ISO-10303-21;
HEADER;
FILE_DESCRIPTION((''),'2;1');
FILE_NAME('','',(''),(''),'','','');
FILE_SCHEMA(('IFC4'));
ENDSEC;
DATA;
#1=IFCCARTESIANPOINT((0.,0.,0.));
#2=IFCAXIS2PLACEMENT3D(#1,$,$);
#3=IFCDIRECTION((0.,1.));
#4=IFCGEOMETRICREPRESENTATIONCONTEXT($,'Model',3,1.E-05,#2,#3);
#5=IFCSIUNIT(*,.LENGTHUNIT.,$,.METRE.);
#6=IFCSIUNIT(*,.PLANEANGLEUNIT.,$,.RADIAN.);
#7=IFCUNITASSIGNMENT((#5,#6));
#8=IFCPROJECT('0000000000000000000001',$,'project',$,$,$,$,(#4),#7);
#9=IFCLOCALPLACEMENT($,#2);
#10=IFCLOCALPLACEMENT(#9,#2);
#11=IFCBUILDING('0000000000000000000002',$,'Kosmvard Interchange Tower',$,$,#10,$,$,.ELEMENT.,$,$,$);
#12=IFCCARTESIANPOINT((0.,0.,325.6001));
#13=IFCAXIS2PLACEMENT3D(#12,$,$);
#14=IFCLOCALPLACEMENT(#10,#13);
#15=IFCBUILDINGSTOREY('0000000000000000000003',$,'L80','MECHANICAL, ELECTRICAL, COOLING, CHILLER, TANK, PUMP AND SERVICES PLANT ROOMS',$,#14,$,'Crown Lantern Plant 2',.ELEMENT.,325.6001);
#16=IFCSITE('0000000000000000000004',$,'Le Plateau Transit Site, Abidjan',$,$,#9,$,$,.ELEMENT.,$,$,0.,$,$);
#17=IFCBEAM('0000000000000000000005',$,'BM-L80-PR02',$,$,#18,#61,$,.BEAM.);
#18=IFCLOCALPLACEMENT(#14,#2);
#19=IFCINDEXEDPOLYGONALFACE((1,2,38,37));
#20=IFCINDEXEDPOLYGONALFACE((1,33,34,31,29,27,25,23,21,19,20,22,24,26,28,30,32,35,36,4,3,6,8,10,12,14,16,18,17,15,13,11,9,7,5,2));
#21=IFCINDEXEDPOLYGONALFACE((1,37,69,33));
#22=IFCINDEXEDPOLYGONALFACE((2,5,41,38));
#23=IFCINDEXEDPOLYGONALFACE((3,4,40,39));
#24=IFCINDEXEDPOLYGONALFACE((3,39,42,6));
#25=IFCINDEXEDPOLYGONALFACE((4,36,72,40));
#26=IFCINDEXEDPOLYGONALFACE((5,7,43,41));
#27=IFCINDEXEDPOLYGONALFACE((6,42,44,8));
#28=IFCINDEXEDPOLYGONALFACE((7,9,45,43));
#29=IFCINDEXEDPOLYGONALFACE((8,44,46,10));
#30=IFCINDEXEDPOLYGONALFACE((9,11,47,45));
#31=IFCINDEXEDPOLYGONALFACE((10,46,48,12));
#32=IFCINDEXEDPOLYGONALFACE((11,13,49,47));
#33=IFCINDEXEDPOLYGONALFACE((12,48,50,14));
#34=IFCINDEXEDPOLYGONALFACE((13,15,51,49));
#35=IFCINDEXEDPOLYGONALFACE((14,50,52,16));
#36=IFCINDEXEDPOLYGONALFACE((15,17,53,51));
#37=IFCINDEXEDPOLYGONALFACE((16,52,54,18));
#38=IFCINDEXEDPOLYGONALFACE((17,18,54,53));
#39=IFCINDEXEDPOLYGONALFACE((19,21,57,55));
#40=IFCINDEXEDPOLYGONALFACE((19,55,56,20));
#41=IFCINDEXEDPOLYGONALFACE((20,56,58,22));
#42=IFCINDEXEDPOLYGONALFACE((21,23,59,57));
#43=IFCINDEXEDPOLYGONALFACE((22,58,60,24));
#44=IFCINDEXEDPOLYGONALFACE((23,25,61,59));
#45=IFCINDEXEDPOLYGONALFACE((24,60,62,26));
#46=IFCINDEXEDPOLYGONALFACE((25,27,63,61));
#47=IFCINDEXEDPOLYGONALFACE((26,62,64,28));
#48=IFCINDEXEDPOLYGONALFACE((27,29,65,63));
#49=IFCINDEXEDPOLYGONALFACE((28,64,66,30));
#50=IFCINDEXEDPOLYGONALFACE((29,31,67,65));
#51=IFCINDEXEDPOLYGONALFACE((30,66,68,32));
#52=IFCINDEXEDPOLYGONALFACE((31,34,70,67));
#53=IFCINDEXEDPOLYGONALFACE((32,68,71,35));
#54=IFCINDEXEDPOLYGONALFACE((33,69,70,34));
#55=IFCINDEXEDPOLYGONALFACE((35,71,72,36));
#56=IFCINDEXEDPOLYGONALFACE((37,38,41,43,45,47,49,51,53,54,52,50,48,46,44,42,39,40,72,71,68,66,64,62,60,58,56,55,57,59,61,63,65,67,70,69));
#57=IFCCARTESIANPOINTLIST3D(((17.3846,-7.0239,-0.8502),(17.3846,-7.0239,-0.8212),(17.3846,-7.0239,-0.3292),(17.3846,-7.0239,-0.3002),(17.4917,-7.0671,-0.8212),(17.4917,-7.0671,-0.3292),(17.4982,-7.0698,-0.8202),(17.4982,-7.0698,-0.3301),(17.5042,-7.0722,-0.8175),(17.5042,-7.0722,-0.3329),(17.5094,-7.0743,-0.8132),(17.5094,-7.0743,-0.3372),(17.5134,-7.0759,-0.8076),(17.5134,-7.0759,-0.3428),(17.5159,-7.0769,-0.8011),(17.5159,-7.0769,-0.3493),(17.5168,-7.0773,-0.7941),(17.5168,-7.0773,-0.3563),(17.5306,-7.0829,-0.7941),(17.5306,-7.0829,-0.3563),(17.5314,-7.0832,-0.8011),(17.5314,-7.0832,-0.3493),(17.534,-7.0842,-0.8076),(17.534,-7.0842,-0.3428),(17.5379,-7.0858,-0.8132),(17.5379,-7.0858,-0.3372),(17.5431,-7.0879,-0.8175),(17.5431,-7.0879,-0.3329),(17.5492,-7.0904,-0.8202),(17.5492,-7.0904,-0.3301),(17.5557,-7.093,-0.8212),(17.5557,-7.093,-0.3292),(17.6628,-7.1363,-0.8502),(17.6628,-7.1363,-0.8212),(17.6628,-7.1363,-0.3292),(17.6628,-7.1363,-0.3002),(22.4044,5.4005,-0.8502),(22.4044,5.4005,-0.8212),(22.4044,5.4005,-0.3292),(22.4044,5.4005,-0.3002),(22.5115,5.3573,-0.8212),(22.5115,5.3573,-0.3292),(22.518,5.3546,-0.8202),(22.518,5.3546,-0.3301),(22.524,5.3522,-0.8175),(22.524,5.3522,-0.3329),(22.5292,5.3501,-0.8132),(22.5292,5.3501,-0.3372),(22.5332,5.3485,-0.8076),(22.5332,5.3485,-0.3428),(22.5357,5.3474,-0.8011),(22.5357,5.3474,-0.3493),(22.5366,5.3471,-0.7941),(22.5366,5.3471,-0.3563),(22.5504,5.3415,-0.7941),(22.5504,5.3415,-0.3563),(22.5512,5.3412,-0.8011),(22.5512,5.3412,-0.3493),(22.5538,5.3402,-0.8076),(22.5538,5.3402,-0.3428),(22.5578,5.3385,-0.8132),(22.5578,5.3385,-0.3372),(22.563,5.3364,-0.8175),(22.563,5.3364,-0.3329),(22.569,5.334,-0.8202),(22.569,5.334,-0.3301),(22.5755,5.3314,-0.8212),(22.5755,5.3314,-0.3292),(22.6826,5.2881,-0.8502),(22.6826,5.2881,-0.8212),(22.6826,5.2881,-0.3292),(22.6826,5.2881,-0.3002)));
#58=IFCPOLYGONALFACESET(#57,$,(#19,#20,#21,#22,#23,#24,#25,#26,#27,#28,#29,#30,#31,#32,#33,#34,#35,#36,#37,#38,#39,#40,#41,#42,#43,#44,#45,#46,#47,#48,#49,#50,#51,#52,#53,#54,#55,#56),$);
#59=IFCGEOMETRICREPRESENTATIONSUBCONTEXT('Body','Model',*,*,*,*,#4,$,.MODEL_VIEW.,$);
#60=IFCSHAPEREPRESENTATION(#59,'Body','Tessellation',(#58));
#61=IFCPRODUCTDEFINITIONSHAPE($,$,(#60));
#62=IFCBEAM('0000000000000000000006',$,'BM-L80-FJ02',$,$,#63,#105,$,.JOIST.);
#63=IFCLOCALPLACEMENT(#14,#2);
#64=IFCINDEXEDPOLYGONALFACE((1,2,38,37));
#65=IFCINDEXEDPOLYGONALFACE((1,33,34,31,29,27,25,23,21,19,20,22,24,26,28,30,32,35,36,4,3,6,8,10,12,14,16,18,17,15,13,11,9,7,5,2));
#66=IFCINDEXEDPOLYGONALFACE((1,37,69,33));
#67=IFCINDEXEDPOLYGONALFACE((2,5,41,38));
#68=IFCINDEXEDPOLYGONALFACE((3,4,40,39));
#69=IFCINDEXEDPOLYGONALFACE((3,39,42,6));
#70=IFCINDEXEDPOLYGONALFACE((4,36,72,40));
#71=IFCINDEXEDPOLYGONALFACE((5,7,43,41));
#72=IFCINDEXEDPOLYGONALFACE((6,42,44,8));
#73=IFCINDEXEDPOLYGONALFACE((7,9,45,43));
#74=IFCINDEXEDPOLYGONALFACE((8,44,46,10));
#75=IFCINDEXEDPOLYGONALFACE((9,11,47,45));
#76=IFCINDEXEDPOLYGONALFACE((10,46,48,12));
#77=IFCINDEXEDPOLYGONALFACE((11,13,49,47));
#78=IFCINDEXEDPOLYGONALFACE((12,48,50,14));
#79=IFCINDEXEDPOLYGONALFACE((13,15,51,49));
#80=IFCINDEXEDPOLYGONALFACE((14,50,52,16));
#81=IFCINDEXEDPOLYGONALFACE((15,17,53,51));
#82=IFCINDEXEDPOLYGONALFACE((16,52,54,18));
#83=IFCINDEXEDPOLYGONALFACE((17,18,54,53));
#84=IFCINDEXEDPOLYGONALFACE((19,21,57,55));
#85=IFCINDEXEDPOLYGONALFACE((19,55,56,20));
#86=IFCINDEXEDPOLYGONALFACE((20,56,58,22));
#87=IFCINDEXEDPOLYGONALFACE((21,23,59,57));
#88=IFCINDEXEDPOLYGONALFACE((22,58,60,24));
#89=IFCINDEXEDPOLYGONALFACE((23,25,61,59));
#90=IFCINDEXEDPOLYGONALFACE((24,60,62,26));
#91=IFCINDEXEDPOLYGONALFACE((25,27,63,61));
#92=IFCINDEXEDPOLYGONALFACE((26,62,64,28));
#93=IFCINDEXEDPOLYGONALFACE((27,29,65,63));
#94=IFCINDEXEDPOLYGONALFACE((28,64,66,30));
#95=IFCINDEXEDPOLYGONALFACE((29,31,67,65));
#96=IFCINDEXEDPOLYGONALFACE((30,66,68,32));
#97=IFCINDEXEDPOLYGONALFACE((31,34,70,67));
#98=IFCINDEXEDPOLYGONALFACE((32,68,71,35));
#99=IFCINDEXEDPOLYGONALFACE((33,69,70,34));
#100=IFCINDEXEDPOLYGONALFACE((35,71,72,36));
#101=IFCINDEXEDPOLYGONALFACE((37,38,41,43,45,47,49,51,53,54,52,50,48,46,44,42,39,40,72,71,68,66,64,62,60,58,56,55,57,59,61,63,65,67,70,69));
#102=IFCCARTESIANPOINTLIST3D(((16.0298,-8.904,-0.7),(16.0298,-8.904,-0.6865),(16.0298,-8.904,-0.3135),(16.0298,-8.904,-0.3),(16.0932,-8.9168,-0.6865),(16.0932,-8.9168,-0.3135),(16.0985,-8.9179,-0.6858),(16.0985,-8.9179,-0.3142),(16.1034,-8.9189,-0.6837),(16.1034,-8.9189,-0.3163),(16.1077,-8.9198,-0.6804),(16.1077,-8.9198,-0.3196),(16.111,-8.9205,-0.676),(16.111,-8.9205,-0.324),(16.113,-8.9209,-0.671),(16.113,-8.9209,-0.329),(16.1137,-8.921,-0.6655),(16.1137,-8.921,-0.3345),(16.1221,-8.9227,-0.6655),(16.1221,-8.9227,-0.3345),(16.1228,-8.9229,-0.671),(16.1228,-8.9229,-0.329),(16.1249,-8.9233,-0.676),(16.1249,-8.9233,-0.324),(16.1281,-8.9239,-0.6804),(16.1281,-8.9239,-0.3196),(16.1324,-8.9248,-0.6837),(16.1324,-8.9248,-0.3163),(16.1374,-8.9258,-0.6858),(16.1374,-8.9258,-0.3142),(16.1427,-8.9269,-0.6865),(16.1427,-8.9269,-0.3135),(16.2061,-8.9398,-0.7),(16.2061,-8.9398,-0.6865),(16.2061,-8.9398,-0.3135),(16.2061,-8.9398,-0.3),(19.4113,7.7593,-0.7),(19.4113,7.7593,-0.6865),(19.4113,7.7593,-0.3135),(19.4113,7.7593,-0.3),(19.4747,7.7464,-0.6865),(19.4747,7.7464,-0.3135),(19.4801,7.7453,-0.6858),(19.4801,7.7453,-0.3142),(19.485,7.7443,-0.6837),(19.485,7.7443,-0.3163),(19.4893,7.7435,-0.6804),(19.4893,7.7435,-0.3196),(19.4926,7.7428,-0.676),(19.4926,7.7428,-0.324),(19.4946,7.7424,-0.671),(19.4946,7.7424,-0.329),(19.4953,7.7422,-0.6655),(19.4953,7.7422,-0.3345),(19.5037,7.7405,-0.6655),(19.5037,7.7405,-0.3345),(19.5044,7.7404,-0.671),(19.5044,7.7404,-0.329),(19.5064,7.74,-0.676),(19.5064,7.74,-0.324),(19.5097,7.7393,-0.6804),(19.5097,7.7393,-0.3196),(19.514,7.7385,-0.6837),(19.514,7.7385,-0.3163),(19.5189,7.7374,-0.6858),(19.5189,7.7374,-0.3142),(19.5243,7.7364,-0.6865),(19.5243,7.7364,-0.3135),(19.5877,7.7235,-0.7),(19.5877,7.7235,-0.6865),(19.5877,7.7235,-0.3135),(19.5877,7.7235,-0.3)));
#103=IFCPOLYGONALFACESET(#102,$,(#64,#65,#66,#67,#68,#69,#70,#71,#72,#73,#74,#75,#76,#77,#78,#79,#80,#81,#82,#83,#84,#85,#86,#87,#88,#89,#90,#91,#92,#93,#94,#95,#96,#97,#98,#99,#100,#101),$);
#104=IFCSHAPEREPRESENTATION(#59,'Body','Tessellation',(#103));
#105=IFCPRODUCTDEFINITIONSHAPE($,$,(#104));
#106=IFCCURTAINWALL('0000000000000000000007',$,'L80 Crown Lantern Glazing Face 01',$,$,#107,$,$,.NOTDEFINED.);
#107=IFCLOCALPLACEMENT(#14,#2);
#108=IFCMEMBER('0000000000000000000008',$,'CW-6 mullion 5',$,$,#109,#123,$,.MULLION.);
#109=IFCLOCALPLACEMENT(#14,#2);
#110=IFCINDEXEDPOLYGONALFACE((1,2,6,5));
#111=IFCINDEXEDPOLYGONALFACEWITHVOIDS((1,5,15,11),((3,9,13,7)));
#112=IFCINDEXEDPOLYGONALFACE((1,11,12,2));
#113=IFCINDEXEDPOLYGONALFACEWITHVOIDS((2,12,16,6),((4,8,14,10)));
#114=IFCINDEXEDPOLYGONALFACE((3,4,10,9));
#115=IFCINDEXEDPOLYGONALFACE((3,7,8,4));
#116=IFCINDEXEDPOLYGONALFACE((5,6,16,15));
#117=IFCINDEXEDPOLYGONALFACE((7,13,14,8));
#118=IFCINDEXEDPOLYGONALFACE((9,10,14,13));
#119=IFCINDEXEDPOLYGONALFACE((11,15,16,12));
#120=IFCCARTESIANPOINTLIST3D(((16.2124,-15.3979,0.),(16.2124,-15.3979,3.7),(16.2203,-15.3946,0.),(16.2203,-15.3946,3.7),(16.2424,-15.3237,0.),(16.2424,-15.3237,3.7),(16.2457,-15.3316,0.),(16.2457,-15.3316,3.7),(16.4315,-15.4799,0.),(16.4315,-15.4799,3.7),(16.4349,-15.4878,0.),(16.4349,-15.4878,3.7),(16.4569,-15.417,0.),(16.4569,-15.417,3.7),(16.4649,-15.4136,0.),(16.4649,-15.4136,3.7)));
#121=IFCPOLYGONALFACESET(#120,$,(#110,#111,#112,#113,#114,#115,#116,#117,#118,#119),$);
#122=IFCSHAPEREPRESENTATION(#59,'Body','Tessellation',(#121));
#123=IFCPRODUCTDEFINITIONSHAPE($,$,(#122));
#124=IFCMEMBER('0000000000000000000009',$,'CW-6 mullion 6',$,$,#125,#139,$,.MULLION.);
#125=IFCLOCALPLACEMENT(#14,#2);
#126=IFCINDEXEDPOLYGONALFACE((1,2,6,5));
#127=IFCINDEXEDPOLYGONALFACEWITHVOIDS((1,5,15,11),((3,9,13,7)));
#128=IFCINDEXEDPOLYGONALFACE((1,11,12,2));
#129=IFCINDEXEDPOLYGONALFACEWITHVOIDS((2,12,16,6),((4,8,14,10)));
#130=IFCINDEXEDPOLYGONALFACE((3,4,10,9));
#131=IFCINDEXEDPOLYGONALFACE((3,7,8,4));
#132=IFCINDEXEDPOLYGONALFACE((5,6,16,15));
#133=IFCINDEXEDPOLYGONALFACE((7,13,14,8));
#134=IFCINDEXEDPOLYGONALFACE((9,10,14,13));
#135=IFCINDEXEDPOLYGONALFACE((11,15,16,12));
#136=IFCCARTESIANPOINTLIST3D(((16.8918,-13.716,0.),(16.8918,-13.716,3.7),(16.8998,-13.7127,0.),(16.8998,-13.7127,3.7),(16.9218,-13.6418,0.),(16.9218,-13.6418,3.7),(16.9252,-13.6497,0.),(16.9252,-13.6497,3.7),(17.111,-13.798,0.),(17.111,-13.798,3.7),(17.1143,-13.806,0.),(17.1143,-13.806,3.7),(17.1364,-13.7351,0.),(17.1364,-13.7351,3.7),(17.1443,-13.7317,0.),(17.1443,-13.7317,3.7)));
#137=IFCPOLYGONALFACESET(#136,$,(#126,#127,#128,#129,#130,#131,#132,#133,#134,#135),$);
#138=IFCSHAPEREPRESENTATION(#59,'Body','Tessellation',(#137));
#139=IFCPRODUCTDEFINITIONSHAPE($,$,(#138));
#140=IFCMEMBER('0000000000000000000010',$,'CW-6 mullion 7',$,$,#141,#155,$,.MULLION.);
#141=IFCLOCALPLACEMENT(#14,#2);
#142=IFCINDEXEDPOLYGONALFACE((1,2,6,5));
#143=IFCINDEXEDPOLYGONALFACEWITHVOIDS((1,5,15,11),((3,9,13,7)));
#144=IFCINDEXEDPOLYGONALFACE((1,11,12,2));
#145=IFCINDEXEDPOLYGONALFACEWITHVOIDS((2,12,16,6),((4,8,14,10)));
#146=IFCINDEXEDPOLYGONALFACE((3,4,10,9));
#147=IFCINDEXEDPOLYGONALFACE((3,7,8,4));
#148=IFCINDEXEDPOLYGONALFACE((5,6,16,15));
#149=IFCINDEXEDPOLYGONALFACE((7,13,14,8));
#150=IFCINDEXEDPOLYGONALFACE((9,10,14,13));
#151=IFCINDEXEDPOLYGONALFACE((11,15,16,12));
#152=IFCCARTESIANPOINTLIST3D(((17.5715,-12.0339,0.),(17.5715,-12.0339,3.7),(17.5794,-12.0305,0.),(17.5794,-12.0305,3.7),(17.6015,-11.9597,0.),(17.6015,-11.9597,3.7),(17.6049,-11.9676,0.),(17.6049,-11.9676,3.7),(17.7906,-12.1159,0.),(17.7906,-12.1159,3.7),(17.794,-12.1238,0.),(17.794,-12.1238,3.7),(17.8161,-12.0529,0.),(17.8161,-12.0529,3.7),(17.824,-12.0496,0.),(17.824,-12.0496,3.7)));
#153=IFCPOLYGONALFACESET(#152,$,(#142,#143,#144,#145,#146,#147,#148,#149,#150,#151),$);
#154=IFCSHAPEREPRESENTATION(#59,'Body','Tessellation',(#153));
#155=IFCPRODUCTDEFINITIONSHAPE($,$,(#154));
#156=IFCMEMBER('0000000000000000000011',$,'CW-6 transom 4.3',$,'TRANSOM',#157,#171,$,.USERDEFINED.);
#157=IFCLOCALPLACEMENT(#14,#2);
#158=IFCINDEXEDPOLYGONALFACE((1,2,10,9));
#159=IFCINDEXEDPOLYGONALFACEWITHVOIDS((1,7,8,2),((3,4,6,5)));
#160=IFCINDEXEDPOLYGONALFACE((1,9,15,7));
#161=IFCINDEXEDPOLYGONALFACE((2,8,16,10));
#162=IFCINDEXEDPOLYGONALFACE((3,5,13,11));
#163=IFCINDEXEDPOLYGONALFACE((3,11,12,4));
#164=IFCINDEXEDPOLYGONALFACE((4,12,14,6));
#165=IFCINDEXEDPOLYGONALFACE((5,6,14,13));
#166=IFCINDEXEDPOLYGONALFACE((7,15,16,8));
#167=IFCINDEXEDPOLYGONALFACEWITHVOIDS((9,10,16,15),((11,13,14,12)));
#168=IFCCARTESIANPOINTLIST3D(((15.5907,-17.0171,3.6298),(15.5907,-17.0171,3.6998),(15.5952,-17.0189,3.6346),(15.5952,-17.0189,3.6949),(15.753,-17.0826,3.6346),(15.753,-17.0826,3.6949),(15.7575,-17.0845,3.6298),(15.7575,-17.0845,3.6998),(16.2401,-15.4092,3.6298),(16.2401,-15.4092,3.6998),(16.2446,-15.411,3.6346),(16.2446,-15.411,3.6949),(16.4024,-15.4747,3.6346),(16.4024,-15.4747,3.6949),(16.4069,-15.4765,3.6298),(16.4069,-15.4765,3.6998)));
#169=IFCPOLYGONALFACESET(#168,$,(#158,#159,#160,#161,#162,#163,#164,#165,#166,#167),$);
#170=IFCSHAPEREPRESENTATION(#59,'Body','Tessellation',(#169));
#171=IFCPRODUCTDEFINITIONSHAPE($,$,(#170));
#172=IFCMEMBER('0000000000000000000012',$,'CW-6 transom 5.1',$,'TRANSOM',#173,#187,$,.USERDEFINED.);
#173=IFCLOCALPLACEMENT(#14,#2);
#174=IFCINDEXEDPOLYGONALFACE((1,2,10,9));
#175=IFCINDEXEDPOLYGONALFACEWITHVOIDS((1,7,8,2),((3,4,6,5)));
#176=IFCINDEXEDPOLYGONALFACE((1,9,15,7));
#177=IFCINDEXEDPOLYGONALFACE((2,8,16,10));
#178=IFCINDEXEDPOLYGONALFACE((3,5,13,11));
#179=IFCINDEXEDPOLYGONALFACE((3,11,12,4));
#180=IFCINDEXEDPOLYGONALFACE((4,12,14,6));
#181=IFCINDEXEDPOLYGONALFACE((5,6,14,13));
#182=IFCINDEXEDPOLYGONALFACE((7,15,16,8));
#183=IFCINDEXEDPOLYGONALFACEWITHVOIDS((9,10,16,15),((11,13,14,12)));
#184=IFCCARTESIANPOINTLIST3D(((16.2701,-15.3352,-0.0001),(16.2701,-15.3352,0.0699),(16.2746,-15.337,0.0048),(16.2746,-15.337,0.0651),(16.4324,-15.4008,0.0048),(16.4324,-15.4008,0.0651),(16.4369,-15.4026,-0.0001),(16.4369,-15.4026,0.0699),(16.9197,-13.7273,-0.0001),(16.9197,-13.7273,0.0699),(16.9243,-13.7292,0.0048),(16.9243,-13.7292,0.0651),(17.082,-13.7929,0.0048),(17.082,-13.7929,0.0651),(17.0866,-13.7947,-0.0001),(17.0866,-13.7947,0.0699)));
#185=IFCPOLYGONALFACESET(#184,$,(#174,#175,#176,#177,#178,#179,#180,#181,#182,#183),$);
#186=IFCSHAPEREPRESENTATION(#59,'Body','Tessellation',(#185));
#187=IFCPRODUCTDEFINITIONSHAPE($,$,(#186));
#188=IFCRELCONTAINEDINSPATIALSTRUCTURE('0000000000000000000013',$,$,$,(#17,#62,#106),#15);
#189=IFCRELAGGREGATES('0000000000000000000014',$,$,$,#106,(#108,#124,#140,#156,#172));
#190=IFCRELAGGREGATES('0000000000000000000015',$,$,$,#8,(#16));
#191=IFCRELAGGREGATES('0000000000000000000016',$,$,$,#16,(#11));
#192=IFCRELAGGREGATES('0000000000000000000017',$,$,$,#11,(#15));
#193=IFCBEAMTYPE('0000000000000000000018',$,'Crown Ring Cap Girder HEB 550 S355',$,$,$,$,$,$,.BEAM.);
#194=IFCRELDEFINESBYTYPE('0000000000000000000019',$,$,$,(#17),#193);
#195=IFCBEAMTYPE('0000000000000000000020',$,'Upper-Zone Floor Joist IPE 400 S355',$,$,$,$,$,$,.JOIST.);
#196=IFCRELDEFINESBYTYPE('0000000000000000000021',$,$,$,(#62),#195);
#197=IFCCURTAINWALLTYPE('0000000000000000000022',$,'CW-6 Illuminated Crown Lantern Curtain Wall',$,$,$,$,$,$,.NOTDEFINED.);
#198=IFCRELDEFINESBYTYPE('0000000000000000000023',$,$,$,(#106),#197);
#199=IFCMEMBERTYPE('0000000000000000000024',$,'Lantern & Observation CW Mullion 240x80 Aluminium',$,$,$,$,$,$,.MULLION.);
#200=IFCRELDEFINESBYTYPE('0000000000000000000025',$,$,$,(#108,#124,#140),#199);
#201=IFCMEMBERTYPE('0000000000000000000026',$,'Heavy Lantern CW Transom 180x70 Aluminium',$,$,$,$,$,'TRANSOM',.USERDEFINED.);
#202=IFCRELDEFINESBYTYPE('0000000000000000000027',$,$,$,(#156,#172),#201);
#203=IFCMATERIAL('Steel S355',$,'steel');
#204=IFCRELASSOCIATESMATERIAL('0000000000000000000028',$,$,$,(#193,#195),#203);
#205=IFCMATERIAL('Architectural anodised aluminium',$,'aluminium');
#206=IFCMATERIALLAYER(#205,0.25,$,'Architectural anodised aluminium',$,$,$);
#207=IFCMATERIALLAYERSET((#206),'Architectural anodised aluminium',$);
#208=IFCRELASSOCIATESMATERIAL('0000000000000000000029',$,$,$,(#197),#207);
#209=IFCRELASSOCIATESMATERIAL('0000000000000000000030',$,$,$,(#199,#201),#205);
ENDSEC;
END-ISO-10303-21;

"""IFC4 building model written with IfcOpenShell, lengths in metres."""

from ifc_helpers import new_model, si_unit, direction, frame, origin, origin_2d, place, context, subcontext, project, spatial, hollow_rectangle, i_section, extrude, source, transform, mapped, material, layer, layer_set, material_profile, profile_set, type_object, element, aggregate, save


model = new_model("IFC4")

# Units and contexts
model_context = context("Model", 3, precision=1e-05, world=origin(), true_north=direction((0.0, 1.0)))
body_context = subcontext(model_context, "Body", "Model", "MODEL_VIEW")
ifc_project = project(units=[si_unit("LENGTHUNIT", "METRE"), si_unit("PLANEANGLEUNIT", "RADIAN")], contexts=[model_context])

# Site, building, storey
site_placement = place(None, origin())
site = spatial("IfcSite", under=ifc_project, at=site_placement, Name="Le Plateau Transit Site, Abidjan", CompositionType="ELEMENT", RefElevation=0.0)
building_placement = place(site_placement, origin())
building = spatial("IfcBuilding", under=site, at=building_placement, Name="Kosmvard Interchange Tower", CompositionType="ELEMENT")
storey_placement = place(building_placement, frame((0.0, 0.0, 325.6001)))
storey = spatial("IfcBuildingStorey", under=building, at=storey_placement, Name="L80", Description="MECHANICAL, ELECTRICAL, COOLING, CHILLER, TANK, PUMP AND SERVICES PLANT ROOMS", LongName="Crown Lantern Plant 2", CompositionType="ELEMENT", Elevation=325.6001)

# Shared definitions
ifc_material_1 = material(Name="Steel S355", Category="steel")

# Beams
ifc_material_profile_1 = material_profile(ifc_material_1, i_section(OverallWidth=0.3, OverallDepth=0.55, WebThickness=0.0149, FlangeThickness=0.0291, FilletRadius=0.0271, at=origin_2d()), Name="HEB 550")
ifc_profile_set_1 = profile_set([ifc_material_profile_1], Name="Steel S355")
beam_type_1 = type_object("IfcBeamType", Name="Crown Ring Cap Girder HEB 550 S355", PredefinedType="BEAM", material=ifc_profile_set_1)
shared_shape_1 = source(origin(), body_context, "Body", "SweptSolid", [
    extrude(i_section(OverallWidth=0.3, OverallDepth=0.55, WebThickness=0.0149, FlangeThickness=0.0291, FilletRadius=0.0271, at=origin_2d()), origin(), (0.0, 0.0, 1.0), 13.4001),
])
beam_1_placement = place(storey_placement, frame((17.5237, -7.0801, -0.5752), z_axis=(0.374608, 0.927183, 0.0), x_axis=(-0.927183, 0.374608, 0.0)))
element("IfcBeam", 1, at=beam_1_placement, inside=storey, type_object=beam_type_1, Name="BM-L80-PR02", PredefinedType="BEAM", context=body_context, shape_type="MappedRepresentation", body=[
    mapped(shared_shape_1, transform((0.0, 0.0, 0.0), scale=1.0)),
])
ifc_material_profile_2 = material_profile(ifc_material_1, i_section(OverallWidth=0.1799, OverallDepth=0.3999, WebThickness=0.0085, FlangeThickness=0.0134, FilletRadius=0.021, at=origin_2d()), Name="IPE 400")
ifc_profile_set_2 = profile_set([ifc_material_profile_2], Name="Steel S355")
beam_type_2 = type_object("IfcBeamType", Name="Upper-Zone Floor Joist IPE 400 S355", PredefinedType="JOIST", material=ifc_profile_set_2)
shared_shape_2 = source(origin(), body_context, "Body", "SweptSolid", [
    extrude(i_section(OverallWidth=0.1799, OverallDepth=0.3999, WebThickness=0.0085, FlangeThickness=0.0134, FilletRadius=0.021, at=origin_2d()), origin(), (0.0, 0.0, 1.0), 17.0029),
])
beam_2_placement = place(storey_placement, frame((16.1179, -8.9219, -0.5), z_axis=(0.198882, 0.980023, 0.0), x_axis=(-0.980023, 0.198882, 0.0)))
element("IfcBeam", 2, at=beam_2_placement, inside=storey, type_object=beam_type_2, Name="BM-L80-FJ02", PredefinedType="JOIST", context=body_context, shape_type="MappedRepresentation", body=[
    mapped(shared_shape_2, transform((0.0, 0.0, 0.0), scale=1.0)),
])

# Curtain wall, members
ifc_material_2 = material(Name="Architectural anodised aluminium", Category="aluminium")
ifc_layer_1 = layer(ifc_material_2, 0.25, Name="Architectural anodised aluminium")
ifc_layer_set_1 = layer_set([ifc_layer_1], Name="Architectural anodised aluminium")
curtain_wall_type = type_object("IfcCurtainWallType", Name="CW-6 Illuminated Crown Lantern Curtain Wall", PredefinedType="NOTDEFINED", material=ifc_layer_set_1)
curtain_wall_placement = place(storey_placement, origin())
curtain_wall = element("IfcCurtainWall", 3, at=curtain_wall_placement, inside=storey, type_object=curtain_wall_type, Name="L80 Crown Lantern Glazing Face 01", PredefinedType="NOTDEFINED")
ifc_material_profile_3 = material_profile(ifc_material_2, hollow_rectangle(XDim=0.24, YDim=0.0801, WallThickness=0.0061, at=origin_2d()), Name="CWM 240x80x6")
ifc_profile_set_3 = profile_set([ifc_material_profile_3], Name="Architectural anodised aluminium")
member_type_1 = type_object("IfcMemberType", Name="Lantern & Observation CW Mullion 240x80 Aluminium", PredefinedType="MULLION", material=ifc_profile_set_3)
shared_shape_3 = source(origin(), body_context, "Body", "SweptSolid", [
    extrude(hollow_rectangle(XDim=0.24, YDim=0.0801, WallThickness=0.0061, at=origin_2d()), origin(), (0.0, 0.0, 1.0), 3.7),
])
member_1_placement = place(storey_placement, frame((16.3386, -15.4058, 0.0), z_axis=(0.0, 0.0, 1.0), x_axis=(-0.927184, 0.374607, 0.0)))
member_1 = element("IfcMember", 4, at=member_1_placement, type_object=member_type_1, Name="CW-6 mullion 5", PredefinedType="MULLION", context=body_context, shape_type="MappedRepresentation", body=[
    mapped(shared_shape_3, transform((0.0, 0.0, 0.0), scale=1.0)),
])
member_2_placement = place(storey_placement, frame((17.0181, -13.7239, 0.0), z_axis=(0.0, 0.0, 1.0), x_axis=(-0.927184, 0.374607, 0.0)))
member_2 = element("IfcMember", 5, at=member_2_placement, type_object=member_type_1, Name="CW-6 mullion 6", PredefinedType="MULLION", context=body_context, shape_type="MappedRepresentation", body=[
    mapped(shared_shape_3, transform((0.0, 0.0, 0.0), scale=1.0)),
])
member_3_placement = place(storey_placement, frame((17.6978, -12.0417, 0.0), z_axis=(0.0, 0.0, 1.0), x_axis=(-0.927184, 0.374607, 0.0)))
member_3 = element("IfcMember", 6, at=member_3_placement, type_object=member_type_1, Name="CW-6 mullion 7", PredefinedType="MULLION", context=body_context, shape_type="MappedRepresentation", body=[
    mapped(shared_shape_3, transform((0.0, 0.0, 0.0), scale=1.0)),
])
ifc_material_profile_4 = material_profile(ifc_material_2, hollow_rectangle(XDim=0.1799, YDim=0.0701, WallThickness=0.0049, at=origin_2d()), Name="CWT 180x70x5")
ifc_profile_set_4 = profile_set([ifc_material_profile_4], Name="Architectural anodised aluminium")
member_type_2 = type_object("IfcMemberType", Name="Heavy Lantern CW Transom 180x70 Aluminium", ElementType="TRANSOM", PredefinedType="USERDEFINED", material=ifc_profile_set_4)
shared_shape_4 = source(origin(), body_context, "Body", "SweptSolid", [
    extrude(hollow_rectangle(XDim=0.1799, YDim=0.0701, WallThickness=0.0049, at=origin_2d()), origin(), (0.0, 0.0, 1.0), 1.7341),
])
member_4_placement = place(storey_placement, frame((15.6741, -17.0508, 3.6648), z_axis=(0.374496, 0.927229, 0.0), x_axis=(-0.927229, 0.374496, 0.0)))
member_4 = element("IfcMember", 7, at=member_4_placement, type_object=member_type_2, Name="CW-6 transom 4.3", ObjectType="TRANSOM", PredefinedType="USERDEFINED", context=body_context, shape_type="MappedRepresentation", body=[
    mapped(shared_shape_4, transform((0.0, 0.0, 0.0), scale=1.0)),
])
member_5_placement = place(storey_placement, frame((16.3535, -15.3689, 0.0349), z_axis=(0.374617, 0.92718, 0.0), x_axis=(-0.92718, 0.374617, 0.0)))
member_5 = element("IfcMember", 8, at=member_5_placement, type_object=member_type_2, Name="CW-6 transom 5.1", ObjectType="TRANSOM", PredefinedType="USERDEFINED", context=body_context, shape_type="MappedRepresentation", body=[
    mapped(shared_shape_4, transform((0.0, 0.0, 0.0), scale=1.0)),
])

aggregate(curtain_wall, [member_1, member_2, member_3, member_4, member_5])

save(model, "model.ifc")
